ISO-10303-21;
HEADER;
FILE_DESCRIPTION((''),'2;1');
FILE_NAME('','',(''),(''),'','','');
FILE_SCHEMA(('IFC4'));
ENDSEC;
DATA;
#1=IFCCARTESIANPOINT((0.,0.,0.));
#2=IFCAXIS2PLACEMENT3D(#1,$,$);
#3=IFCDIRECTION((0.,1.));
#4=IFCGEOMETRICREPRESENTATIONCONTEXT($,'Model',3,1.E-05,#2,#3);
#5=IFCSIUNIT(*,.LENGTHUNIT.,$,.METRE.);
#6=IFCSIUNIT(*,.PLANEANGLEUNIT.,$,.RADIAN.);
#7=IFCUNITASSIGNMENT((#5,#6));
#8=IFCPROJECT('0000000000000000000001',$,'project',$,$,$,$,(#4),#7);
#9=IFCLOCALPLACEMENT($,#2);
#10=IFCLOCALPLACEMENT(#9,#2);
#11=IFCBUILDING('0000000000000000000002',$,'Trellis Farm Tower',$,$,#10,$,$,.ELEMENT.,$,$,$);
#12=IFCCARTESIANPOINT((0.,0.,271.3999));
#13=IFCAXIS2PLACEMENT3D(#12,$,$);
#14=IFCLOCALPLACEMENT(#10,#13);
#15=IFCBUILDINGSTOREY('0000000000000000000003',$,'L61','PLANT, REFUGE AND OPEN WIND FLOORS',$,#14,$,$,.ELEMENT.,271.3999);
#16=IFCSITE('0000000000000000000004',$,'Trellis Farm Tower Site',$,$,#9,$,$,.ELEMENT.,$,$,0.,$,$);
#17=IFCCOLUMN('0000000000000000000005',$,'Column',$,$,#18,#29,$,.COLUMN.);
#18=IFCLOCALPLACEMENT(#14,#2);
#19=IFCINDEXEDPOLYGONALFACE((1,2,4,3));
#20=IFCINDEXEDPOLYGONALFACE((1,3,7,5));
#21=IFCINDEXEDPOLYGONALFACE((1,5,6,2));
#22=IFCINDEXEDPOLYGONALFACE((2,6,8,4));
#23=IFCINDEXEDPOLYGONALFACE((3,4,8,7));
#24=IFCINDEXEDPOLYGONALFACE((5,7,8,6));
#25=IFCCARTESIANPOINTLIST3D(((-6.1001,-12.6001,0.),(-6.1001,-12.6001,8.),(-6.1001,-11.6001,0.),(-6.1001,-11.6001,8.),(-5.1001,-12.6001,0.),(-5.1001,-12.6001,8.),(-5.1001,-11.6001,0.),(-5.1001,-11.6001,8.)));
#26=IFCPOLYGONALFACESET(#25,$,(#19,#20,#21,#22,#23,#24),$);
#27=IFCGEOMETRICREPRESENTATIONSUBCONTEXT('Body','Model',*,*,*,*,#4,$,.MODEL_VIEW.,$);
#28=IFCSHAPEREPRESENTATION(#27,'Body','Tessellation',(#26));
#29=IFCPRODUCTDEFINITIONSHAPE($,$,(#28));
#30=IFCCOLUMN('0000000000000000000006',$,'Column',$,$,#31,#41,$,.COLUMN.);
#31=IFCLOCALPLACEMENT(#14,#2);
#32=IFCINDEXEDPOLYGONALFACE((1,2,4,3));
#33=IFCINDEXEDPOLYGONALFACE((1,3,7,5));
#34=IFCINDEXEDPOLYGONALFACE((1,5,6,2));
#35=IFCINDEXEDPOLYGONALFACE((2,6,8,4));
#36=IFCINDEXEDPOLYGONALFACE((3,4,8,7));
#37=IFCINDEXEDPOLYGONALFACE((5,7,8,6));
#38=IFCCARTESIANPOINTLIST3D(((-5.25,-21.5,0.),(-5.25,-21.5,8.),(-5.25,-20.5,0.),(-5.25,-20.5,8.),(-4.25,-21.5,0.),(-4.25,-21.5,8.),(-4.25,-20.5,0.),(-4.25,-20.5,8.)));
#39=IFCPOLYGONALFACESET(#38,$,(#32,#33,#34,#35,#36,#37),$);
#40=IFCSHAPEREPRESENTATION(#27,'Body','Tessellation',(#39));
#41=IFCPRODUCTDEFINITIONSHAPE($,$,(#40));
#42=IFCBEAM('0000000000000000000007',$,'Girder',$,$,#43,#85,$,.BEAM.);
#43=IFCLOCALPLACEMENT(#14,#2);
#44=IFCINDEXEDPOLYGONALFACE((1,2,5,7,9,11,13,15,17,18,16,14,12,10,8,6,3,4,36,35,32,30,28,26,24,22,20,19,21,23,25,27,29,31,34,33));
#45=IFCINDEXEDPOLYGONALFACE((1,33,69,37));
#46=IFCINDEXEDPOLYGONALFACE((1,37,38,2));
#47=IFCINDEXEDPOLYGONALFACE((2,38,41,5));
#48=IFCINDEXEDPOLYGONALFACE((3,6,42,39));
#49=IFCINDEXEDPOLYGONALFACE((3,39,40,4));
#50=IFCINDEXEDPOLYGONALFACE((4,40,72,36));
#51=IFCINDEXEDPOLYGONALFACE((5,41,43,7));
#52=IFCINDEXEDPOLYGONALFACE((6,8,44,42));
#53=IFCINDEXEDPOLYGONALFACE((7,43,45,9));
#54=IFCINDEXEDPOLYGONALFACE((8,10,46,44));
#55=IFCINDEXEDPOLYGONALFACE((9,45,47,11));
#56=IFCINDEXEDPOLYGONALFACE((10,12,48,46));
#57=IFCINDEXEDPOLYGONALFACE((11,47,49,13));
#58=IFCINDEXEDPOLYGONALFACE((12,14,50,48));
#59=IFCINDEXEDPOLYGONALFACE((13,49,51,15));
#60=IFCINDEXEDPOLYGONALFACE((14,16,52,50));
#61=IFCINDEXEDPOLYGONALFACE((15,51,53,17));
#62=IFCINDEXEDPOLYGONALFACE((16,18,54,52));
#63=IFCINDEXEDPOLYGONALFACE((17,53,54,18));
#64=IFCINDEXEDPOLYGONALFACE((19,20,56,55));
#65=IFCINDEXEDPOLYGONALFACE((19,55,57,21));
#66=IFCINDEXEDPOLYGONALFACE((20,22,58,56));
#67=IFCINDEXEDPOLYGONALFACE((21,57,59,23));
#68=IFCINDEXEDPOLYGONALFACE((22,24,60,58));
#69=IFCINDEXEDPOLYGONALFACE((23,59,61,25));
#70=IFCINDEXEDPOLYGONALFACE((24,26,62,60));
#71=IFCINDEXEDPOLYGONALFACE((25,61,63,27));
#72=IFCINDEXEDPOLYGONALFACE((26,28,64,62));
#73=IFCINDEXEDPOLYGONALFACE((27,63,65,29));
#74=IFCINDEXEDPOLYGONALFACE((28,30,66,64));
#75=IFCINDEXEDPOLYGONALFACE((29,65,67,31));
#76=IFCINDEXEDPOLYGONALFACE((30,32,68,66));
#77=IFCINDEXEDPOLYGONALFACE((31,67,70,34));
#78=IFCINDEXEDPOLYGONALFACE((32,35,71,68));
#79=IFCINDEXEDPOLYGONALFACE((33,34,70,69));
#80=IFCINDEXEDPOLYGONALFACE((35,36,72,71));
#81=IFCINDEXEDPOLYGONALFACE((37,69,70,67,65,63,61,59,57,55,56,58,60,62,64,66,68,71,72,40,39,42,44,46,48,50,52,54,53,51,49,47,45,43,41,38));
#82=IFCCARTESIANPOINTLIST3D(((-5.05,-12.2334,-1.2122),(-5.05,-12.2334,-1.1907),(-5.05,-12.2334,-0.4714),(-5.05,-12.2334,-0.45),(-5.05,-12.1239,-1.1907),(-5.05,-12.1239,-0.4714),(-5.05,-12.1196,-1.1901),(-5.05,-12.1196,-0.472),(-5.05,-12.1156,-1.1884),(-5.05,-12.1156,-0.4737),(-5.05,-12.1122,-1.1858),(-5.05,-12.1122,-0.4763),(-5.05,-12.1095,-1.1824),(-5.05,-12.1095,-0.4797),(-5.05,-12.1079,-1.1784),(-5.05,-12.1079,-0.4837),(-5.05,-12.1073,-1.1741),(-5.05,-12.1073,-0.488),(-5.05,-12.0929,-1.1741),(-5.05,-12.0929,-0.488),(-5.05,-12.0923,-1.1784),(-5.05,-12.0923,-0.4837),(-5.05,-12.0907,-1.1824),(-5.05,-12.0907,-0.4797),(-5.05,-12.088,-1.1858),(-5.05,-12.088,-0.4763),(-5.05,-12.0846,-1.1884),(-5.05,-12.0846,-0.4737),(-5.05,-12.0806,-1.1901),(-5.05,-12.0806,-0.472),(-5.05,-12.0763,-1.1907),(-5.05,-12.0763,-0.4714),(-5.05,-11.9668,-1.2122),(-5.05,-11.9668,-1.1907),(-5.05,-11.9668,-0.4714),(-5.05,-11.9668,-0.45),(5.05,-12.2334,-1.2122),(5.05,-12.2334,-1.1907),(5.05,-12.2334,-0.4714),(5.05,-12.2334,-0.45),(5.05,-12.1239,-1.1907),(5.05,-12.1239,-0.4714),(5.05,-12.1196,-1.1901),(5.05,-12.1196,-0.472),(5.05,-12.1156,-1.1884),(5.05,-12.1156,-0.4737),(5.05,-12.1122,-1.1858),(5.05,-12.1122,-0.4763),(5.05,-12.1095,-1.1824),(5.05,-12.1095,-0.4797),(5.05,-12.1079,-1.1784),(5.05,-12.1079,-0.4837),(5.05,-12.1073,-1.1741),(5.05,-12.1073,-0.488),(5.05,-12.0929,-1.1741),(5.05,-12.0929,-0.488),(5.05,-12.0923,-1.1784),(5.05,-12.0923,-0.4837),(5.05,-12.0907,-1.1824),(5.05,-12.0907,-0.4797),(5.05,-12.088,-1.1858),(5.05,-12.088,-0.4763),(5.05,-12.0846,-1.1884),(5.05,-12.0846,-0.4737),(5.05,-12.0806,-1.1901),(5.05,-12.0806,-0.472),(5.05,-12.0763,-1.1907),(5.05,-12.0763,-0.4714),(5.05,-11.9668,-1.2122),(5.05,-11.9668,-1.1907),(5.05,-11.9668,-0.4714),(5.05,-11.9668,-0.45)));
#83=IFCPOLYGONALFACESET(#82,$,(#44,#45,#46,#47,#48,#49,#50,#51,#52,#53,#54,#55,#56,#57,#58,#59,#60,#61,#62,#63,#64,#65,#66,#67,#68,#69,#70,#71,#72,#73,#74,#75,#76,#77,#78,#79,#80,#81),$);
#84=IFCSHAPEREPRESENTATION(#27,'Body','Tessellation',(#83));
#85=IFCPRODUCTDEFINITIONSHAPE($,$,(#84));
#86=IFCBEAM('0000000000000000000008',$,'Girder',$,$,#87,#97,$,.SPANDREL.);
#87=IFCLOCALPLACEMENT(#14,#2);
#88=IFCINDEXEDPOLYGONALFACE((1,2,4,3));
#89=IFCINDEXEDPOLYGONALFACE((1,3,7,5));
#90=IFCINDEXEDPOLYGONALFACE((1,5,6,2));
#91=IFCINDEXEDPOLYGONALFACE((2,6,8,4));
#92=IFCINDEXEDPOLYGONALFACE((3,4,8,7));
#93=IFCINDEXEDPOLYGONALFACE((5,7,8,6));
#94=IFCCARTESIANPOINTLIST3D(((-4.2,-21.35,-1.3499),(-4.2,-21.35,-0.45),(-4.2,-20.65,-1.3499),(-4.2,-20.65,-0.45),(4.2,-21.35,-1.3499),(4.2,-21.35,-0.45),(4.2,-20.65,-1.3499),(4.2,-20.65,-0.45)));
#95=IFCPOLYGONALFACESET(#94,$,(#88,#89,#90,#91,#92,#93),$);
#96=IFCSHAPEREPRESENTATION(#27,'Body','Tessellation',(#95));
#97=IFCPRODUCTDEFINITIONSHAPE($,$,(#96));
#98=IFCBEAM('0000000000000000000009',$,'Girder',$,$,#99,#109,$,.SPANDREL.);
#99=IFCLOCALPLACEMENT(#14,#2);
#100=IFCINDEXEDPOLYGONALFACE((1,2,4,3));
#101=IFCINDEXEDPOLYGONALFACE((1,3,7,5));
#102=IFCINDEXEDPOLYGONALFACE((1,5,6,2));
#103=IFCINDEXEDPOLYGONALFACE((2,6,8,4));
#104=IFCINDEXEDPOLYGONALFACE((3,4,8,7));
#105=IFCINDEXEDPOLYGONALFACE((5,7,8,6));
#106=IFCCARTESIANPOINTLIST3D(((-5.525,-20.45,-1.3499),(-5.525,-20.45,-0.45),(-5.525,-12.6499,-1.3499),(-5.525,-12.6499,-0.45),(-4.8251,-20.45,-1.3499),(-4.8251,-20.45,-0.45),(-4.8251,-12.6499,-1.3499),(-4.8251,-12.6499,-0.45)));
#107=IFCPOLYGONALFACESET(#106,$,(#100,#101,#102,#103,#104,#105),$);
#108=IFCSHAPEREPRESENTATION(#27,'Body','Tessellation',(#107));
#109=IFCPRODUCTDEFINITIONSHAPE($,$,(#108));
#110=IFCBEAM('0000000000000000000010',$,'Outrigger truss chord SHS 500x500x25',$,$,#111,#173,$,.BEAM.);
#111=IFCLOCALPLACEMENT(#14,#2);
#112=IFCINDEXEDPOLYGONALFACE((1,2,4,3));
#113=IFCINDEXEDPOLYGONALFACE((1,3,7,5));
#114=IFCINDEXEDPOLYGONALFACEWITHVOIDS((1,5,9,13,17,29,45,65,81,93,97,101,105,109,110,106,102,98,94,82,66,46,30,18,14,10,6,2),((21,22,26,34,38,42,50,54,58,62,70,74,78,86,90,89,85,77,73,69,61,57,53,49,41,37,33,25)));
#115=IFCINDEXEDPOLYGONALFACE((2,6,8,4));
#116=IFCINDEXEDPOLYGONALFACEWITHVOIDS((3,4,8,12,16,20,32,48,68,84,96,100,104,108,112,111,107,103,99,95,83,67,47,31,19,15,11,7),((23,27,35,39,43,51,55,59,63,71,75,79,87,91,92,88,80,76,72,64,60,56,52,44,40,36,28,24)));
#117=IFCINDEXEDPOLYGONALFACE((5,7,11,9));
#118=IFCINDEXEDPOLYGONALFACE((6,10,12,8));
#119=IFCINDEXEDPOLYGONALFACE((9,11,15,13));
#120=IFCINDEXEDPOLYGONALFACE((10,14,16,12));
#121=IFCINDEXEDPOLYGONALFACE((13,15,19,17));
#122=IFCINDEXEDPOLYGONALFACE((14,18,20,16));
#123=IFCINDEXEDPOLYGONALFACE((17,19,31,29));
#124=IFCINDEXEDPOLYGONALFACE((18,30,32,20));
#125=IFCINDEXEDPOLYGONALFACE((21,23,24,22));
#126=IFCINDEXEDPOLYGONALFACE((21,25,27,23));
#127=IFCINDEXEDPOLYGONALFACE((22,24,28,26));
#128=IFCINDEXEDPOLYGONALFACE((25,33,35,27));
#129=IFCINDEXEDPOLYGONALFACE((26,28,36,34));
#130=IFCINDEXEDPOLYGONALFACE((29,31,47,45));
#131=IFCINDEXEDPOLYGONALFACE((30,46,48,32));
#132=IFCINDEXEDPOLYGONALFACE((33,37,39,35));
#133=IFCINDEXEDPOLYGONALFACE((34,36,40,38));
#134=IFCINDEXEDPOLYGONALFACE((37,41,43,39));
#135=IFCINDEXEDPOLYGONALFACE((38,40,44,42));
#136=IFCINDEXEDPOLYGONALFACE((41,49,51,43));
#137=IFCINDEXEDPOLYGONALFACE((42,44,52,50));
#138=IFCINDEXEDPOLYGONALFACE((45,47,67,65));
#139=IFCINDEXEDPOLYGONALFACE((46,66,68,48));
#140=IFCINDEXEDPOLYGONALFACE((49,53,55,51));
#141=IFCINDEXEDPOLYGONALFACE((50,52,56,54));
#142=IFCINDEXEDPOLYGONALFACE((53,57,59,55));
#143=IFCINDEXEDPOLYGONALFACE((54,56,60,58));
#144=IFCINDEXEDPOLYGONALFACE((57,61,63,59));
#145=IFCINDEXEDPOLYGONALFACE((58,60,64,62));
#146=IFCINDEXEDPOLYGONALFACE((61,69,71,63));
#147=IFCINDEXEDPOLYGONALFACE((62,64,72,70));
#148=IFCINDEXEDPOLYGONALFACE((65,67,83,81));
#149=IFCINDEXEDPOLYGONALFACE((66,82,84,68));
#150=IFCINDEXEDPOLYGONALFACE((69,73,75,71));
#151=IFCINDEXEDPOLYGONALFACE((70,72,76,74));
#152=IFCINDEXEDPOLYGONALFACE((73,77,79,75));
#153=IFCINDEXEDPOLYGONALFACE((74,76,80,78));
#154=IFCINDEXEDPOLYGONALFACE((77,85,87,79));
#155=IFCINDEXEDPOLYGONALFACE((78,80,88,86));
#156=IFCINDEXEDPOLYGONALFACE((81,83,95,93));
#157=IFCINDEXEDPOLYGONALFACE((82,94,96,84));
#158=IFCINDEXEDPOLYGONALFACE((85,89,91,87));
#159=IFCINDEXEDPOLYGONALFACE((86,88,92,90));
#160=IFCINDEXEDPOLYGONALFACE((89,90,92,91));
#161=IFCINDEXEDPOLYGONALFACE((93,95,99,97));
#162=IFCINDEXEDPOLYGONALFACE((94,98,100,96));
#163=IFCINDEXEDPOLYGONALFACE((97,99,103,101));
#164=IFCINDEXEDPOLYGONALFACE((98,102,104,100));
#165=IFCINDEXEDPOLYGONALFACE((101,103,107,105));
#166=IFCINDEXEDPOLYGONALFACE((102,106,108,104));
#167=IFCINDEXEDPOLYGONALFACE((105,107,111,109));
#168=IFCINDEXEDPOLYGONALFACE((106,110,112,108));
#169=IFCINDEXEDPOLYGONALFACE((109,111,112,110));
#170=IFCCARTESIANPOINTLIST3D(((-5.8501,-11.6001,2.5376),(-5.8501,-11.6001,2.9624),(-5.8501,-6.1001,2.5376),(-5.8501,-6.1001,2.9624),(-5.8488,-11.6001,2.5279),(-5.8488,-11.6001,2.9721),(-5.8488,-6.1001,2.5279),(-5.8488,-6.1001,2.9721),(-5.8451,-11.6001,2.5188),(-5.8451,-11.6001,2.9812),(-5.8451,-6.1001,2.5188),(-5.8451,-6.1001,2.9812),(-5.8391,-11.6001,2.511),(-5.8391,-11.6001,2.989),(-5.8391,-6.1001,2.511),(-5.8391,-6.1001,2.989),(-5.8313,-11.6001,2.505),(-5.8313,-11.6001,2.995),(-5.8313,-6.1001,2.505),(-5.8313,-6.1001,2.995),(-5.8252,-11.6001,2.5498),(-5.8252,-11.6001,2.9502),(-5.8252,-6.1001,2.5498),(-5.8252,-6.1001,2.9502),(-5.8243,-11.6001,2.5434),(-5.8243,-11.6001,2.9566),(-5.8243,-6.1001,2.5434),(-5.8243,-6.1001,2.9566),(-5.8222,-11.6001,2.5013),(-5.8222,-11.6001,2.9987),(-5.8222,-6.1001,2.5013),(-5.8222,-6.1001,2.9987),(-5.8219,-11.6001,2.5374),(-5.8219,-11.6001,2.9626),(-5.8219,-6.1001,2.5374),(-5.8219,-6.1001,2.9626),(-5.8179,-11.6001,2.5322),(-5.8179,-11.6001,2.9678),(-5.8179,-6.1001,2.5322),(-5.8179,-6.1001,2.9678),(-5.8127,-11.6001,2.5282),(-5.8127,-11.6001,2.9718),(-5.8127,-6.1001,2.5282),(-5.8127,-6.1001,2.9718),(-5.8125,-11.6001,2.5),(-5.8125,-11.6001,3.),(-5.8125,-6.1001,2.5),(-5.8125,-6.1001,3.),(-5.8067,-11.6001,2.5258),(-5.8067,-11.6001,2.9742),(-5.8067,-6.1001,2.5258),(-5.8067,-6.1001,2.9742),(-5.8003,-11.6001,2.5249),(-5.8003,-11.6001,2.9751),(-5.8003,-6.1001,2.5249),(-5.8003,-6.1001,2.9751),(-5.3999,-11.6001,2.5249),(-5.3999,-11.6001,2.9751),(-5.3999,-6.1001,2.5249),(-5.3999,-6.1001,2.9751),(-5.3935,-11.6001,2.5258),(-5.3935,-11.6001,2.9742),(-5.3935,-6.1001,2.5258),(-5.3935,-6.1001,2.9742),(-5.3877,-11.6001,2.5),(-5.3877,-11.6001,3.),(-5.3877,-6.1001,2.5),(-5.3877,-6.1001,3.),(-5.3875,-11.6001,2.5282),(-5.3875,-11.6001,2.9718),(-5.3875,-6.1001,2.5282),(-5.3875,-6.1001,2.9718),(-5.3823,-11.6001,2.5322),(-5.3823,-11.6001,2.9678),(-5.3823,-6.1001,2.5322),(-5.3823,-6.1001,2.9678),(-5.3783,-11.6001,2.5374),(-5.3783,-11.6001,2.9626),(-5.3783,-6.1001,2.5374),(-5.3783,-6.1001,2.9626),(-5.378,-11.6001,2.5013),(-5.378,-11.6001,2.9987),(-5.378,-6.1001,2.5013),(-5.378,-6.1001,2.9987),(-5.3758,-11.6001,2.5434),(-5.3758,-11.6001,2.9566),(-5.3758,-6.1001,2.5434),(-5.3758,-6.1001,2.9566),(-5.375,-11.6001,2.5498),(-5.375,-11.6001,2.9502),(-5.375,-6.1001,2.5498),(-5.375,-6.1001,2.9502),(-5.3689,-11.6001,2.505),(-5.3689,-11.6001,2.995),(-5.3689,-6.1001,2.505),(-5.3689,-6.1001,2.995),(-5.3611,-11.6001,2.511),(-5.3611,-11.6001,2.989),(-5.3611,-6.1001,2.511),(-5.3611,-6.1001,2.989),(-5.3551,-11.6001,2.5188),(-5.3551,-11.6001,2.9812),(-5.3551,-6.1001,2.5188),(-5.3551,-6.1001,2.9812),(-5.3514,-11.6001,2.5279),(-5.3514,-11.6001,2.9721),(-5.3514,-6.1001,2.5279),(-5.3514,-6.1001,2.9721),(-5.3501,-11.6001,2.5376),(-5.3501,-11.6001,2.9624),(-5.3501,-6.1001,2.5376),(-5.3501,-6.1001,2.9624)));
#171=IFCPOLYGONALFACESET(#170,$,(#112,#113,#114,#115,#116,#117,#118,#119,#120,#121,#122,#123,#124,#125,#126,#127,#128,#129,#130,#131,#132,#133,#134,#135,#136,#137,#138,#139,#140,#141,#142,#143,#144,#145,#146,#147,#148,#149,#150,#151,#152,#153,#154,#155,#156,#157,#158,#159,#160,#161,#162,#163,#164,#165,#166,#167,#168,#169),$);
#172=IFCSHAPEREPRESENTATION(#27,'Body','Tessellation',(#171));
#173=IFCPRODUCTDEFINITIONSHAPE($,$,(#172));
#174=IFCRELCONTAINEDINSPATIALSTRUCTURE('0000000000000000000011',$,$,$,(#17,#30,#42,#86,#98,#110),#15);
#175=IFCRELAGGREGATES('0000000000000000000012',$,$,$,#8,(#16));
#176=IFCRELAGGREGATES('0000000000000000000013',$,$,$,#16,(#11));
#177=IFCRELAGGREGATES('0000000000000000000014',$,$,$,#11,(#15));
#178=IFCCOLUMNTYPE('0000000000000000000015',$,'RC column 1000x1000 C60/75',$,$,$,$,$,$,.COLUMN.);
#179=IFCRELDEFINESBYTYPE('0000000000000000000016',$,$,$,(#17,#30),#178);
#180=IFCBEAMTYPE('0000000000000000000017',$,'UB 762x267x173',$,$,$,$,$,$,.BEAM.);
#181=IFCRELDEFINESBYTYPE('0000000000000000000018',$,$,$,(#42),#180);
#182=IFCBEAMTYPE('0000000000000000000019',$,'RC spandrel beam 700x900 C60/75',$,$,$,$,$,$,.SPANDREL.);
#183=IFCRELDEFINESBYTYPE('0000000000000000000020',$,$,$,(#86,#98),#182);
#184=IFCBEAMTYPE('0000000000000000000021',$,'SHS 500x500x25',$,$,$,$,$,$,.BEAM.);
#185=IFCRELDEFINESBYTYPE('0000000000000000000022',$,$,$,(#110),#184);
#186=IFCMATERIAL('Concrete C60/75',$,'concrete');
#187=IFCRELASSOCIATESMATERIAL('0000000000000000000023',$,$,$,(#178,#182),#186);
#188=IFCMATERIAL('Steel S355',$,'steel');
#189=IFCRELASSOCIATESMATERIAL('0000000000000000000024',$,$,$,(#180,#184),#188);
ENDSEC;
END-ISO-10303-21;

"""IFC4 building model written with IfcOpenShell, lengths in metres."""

from ifc_helpers import new_model, si_unit, direction, frame, origin, origin_2d, place, context, subcontext, project, spatial, rectangle, hollow_rectangle, i_section, extrude, source, transform, mapped, material, material_profile, profile_set, type_object, element, save


model = new_model("IFC4")

# Units and contexts
model_context = context("Model", 3, precision=1e-05, world=origin(), true_north=direction((0.0, 1.0)))
body_context = subcontext(model_context, "Body", "Model", "MODEL_VIEW")
ifc_project = project(units=[si_unit("LENGTHUNIT", "METRE"), si_unit("PLANEANGLEUNIT", "RADIAN")], contexts=[model_context])

# Site, building, storey
site_placement = place(None, origin())
site = spatial("IfcSite", under=ifc_project, at=site_placement, Name="Trellis Farm Tower Site", CompositionType="ELEMENT", RefElevation=0.0)
building_placement = place(site_placement, origin())
building = spatial("IfcBuilding", under=site, at=building_placement, Name="Trellis Farm Tower", CompositionType="ELEMENT")
storey_placement = place(building_placement, frame((0.0, 0.0, 271.3999)))
storey = spatial("IfcBuildingStorey", under=building, at=storey_placement, Name="L61", Description="PLANT, REFUGE AND OPEN WIND FLOORS", CompositionType="ELEMENT", Elevation=271.3999)

# Columns
ifc_material_1 = material(Name="Concrete C60/75", Category="concrete")
ifc_material_profile_1 = material_profile(ifc_material_1, rectangle(XDim=1.0, YDim=1.0, at=origin_2d()), Name="RC column 1000x1000 C60/75")
ifc_profile_set_1 = profile_set([ifc_material_profile_1], Name="Concrete C60/75")
column_type = type_object("IfcColumnType", Name="RC column 1000x1000 C60/75", PredefinedType="COLUMN", material=ifc_profile_set_1)
shared_shape_1 = source(origin(), body_context, "Body", "SweptSolid", [
    extrude(rectangle(XDim=1.0, YDim=1.0, at=origin_2d()), origin(), (0.0, 0.0, 1.0), 8.0),
])
for number, where, z_axis, x_axis, name in (
    (1, (-5.6001, -12.1001, 0.0), (0.0, 0.0, 1.0), (1.0, 0.0, 0.0), "Column"),
    (2, (-4.75, -21.0, 0.0), (0.0, 0.0, 1.0), (1.0, 0.0, 0.0), "Column"),
):
    element("IfcColumn", number, at=place(storey_placement, frame(where, z_axis=z_axis, x_axis=x_axis)), inside=storey, type_object=column_type, Name=name, PredefinedType="COLUMN", context=body_context, shape_type="MappedRepresentation", body=[
        mapped(shared_shape_1, transform((0.0, 0.0, 0.0))),
    ])

# Beams
ifc_material_2 = material(Name="Steel S355", Category="steel")
ifc_material_profile_2 = material_profile(ifc_material_2, i_section(OverallWidth=0.2666, OverallDepth=0.7622, WebThickness=0.0144, FlangeThickness=0.0215, FilletRadius=0.0166, at=origin_2d()), Name="UB 762x267x173")
ifc_profile_set_2 = profile_set([ifc_material_profile_2], Name="Steel S355")
beam_type_1 = type_object("IfcBeamType", Name="UB 762x267x173", PredefinedType="BEAM", material=ifc_profile_set_2)
shared_shape_2 = source(origin(), body_context, "Body", "SweptSolid", [
    extrude(i_section(OverallWidth=0.2666, OverallDepth=0.7622, WebThickness=0.0144, FlangeThickness=0.0215, FilletRadius=0.0166, at=origin_2d()), origin(), (0.0, 0.0, 1.0), 10.1001),
])
beam_1_placement = place(storey_placement, frame((-5.05, -12.1001, -0.8311), z_axis=(1.0, 0.0, 0.0), x_axis=(0.0, 1.0, 0.0)))
element("IfcBeam", 3, at=beam_1_placement, inside=storey, type_object=beam_type_1, Name="Girder", PredefinedType="BEAM", context=body_context, shape_type="MappedRepresentation", body=[
    mapped(shared_shape_2, transform((0.0, 0.0, 0.0))),
])
ifc_material_profile_3 = material_profile(ifc_material_1, rectangle(XDim=0.7, YDim=0.8999, at=origin_2d()), Name="RC spandrel beam 700x900 C60/75")
ifc_profile_set_3 = profile_set([ifc_material_profile_3], Name="Concrete C60/75")
beam_type_2 = type_object("IfcBeamType", Name="RC spandrel beam 700x900 C60/75", PredefinedType="SPANDREL", material=ifc_profile_set_3)
shared_shape_3 = source(origin(), body_context, "Body", "SweptSolid", [
    extrude(rectangle(XDim=0.7, YDim=0.8999, at=origin_2d()), origin(), (0.0, 0.0, 1.0), 8.3999),
])
beam_2_placement = place(storey_placement, frame((-4.2, -21.0, -0.8999), z_axis=(1.0, 0.0, 0.0), x_axis=(0.0, 1.0, 0.0)))
element("IfcBeam", 4, at=beam_2_placement, inside=storey, type_object=beam_type_2, Name="Girder", PredefinedType="SPANDREL", context=body_context, shape_type="MappedRepresentation", body=[
    mapped(shared_shape_3, transform((0.0, 0.0, 0.0))),
])
shared_shape_4 = source(origin(), body_context, "Body", "SweptSolid", [
    extrude(rectangle(XDim=0.7, YDim=0.8999, at=origin_2d()), origin(), (0.0, 0.0, 1.0), 7.8),
])
beam_3_placement = place(storey_placement, frame((-5.175, -20.45, -0.8999), z_axis=(0.0, 1.0, 0.0), x_axis=(-1.0, 0.0, 0.0)))
element("IfcBeam", 5, at=beam_3_placement, inside=storey, type_object=beam_type_2, Name="Girder", PredefinedType="SPANDREL", context=body_context, shape_type="MappedRepresentation", body=[
    mapped(shared_shape_4, transform((0.0, 0.0, 0.0))),
])
ifc_material_profile_4 = material_profile(ifc_material_2, hollow_rectangle(XDim=0.5, YDim=0.5, WallThickness=0.0249, InnerFilletRadius=0.0249, OuterFilletRadius=0.0376, at=origin_2d()), Name="SHS 500x500x25")
ifc_profile_set_4 = profile_set([ifc_material_profile_4], Name="Steel S355")
beam_type_3 = type_object("IfcBeamType", Name="SHS 500x500x25", PredefinedType="BEAM", material=ifc_profile_set_4)
shared_shape_5 = source(origin(), body_context, "Body", "SweptSolid", [
    extrude(hollow_rectangle(XDim=0.5, YDim=0.5, WallThickness=0.0249, InnerFilletRadius=0.0249, OuterFilletRadius=0.0376, at=origin_2d()), origin(), (0.0, 0.0, 1.0), 5.5),
])
beam_4_placement = place(storey_placement, frame((-5.6001, -11.6001, 2.75), z_axis=(0.0, 1.0, 0.0), x_axis=(-1.0, 0.0, 0.0)))
element("IfcBeam", 6, at=beam_4_placement, inside=storey, type_object=beam_type_3, Name="Outrigger truss chord SHS 500x500x25", PredefinedType="BEAM", context=body_context, shape_type="MappedRepresentation", body=[
    mapped(shared_shape_5, transform((0.0, 0.0, 0.0))),
])

save(model, "model.ifc")
